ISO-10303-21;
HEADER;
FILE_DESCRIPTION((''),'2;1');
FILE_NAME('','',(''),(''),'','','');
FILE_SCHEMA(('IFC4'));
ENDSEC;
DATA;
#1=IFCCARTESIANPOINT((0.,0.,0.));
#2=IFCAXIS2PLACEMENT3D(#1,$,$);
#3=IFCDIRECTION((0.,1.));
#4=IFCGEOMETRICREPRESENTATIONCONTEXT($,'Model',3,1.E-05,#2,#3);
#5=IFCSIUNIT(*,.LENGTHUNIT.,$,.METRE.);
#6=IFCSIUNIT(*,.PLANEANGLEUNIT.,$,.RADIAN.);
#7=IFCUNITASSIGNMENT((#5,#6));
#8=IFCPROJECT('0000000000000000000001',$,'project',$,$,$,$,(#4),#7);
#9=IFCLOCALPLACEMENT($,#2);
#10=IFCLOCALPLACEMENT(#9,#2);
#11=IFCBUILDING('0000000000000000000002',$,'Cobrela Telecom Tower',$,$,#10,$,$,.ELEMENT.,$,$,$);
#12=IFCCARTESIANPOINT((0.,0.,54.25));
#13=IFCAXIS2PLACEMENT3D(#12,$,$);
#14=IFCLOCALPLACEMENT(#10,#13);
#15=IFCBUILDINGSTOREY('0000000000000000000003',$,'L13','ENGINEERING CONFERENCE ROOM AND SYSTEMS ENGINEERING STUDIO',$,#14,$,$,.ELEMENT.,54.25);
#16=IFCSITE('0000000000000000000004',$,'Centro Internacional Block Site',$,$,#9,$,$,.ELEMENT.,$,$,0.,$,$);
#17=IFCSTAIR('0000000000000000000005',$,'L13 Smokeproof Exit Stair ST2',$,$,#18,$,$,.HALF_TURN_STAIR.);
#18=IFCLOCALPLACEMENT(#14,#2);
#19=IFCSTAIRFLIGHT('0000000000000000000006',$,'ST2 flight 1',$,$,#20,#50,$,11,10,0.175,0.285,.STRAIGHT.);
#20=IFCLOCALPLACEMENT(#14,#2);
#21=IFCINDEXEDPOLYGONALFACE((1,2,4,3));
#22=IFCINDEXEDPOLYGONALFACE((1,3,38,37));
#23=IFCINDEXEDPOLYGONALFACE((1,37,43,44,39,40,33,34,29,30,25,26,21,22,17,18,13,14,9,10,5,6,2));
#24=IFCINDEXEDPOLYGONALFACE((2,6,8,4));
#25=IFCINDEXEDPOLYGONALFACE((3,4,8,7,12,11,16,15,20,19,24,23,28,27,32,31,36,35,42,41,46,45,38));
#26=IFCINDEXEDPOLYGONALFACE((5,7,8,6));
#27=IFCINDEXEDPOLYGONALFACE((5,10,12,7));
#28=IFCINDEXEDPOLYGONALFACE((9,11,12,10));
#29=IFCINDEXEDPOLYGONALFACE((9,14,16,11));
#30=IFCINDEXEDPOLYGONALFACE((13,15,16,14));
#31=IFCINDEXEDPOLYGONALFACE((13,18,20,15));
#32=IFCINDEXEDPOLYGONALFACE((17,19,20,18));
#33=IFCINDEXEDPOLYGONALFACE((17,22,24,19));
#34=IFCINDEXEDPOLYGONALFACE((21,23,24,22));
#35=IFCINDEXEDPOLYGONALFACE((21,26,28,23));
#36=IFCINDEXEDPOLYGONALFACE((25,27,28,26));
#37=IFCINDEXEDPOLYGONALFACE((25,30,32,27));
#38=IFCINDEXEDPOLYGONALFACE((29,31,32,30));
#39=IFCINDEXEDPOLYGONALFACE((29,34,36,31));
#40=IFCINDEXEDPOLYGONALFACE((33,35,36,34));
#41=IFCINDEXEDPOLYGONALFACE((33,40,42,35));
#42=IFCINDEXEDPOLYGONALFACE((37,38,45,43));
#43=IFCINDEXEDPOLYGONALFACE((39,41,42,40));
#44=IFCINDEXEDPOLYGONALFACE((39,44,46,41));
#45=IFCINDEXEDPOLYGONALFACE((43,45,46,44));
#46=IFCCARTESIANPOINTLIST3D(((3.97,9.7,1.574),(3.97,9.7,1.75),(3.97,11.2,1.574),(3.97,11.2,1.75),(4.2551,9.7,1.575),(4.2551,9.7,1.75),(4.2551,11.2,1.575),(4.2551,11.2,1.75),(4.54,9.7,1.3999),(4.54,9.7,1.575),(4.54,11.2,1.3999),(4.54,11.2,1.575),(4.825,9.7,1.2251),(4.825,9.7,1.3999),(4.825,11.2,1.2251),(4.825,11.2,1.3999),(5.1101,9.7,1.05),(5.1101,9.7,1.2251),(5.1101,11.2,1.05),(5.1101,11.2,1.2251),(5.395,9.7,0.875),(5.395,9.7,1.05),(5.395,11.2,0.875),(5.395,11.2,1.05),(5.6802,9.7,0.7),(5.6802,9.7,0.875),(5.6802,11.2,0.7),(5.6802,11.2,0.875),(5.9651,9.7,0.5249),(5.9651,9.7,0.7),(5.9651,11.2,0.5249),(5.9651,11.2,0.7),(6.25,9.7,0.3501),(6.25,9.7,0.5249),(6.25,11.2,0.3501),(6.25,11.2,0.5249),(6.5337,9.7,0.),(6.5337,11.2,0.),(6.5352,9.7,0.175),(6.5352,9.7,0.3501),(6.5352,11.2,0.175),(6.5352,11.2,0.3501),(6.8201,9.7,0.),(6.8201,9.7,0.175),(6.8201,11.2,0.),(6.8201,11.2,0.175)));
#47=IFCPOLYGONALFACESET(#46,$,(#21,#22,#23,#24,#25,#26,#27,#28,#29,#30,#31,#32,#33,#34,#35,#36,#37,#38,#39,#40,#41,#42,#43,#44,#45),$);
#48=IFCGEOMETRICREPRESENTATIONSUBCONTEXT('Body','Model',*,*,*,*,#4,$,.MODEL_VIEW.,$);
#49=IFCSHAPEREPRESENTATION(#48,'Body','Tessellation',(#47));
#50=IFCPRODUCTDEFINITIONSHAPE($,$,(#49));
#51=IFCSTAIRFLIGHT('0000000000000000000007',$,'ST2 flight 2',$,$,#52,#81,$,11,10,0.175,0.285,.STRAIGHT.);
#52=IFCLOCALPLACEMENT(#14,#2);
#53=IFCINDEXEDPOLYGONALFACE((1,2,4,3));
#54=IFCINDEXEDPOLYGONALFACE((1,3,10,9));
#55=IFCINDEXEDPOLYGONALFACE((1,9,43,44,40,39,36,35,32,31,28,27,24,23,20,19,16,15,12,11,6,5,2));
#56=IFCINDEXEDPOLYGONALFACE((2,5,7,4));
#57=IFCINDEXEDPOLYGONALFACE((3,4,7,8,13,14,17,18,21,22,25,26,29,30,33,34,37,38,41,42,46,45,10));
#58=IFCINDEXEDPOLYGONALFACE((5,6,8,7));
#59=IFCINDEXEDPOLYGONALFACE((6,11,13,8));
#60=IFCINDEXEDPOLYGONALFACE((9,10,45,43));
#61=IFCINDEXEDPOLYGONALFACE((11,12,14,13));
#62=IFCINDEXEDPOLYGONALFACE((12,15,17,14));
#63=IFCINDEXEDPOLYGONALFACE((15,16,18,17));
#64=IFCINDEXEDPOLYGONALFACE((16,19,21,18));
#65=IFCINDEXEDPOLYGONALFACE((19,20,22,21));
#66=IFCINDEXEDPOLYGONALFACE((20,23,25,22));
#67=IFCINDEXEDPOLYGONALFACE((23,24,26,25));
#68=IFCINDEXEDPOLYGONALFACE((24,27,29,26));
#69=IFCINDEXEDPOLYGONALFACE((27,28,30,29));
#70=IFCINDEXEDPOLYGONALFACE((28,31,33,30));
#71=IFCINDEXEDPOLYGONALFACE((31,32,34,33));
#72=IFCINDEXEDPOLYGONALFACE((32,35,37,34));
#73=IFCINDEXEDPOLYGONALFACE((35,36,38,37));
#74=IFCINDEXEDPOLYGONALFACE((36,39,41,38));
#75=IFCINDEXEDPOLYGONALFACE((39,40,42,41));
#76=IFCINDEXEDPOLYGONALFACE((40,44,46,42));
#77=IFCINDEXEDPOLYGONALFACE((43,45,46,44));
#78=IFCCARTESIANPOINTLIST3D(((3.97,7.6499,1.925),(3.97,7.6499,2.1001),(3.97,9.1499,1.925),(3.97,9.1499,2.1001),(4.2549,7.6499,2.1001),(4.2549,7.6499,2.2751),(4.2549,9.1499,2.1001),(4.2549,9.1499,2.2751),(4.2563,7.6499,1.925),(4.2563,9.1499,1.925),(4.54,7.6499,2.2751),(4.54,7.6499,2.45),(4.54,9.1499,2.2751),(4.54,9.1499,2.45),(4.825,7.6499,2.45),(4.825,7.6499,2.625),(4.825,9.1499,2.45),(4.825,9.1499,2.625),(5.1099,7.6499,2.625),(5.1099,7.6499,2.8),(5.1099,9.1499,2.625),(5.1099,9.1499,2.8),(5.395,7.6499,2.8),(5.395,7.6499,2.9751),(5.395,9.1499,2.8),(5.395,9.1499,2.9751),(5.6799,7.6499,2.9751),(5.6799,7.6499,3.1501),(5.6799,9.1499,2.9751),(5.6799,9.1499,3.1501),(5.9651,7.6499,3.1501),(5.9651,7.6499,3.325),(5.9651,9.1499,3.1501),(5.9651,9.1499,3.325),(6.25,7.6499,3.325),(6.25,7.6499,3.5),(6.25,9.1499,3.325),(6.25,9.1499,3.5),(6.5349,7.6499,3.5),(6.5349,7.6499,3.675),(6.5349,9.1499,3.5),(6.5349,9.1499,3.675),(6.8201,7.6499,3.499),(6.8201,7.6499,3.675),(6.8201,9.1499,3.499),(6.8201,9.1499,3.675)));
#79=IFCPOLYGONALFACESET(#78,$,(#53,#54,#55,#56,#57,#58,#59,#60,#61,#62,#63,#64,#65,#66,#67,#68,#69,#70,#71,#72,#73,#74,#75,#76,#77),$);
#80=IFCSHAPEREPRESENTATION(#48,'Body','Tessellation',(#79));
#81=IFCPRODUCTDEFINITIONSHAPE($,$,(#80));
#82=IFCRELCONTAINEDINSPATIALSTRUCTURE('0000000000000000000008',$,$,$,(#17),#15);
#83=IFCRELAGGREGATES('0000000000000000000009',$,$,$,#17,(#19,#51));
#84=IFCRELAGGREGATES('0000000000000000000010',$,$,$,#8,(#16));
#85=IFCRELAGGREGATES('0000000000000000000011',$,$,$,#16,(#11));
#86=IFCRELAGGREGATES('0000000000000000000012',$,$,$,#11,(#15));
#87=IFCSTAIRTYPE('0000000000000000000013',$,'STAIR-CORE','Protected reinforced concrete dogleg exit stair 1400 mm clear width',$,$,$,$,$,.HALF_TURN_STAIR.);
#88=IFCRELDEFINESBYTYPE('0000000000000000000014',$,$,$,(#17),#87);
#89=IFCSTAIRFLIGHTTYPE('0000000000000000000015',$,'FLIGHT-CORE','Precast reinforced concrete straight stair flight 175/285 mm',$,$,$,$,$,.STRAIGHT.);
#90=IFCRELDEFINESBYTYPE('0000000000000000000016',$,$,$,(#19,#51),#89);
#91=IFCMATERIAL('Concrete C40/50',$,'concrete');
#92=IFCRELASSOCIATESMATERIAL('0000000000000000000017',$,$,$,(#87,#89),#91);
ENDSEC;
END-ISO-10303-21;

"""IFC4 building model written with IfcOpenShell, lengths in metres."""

from ifc_helpers import new_model, si_unit, direction, frame, origin, place, context, subcontext, project, spatial, polyline, outline, extrude, material, type_object, element, aggregate, save


model = new_model("IFC4")

# Units and contexts
model_context = context("Model", 3, precision=1e-05, world=origin(), true_north=direction((0.0, 1.0)))
body_context = subcontext(model_context, "Body", "Model", "MODEL_VIEW")
ifc_project = project(units=[si_unit("LENGTHUNIT", "METRE"), si_unit("PLANEANGLEUNIT", "RADIAN")], contexts=[model_context])

# Site, building, storey
site_placement = place(None, origin())
site = spatial("IfcSite", under=ifc_project, at=site_placement, Name="Centro Internacional Block Site", CompositionType="ELEMENT", RefElevation=0.0)
building_placement = place(site_placement, origin())
building = spatial("IfcBuilding", under=site, at=building_placement, Name="Cobrela Telecom Tower", CompositionType="ELEMENT")
storey_placement = place(building_placement, frame((0.0, 0.0, 54.25)))
storey = spatial("IfcBuildingStorey", under=building, at=storey_placement, Name="L13", Description="ENGINEERING CONFERENCE ROOM AND SYSTEMS ENGINEERING STUDIO", CompositionType="ELEMENT", Elevation=54.25)

# Shared definitions
ifc_material_1 = material(Name="Concrete C40/50", Category="concrete")

# Stair, stair flights
stair_type = type_object("IfcStairType", Name="STAIR-CORE", Description="Protected reinforced concrete dogleg exit stair 1400 mm clear width", PredefinedType="HALF_TURN_STAIR", material=ifc_material_1)
stair_placement = place(storey_placement, origin())
stair = element("IfcStair", 1, at=stair_placement, inside=storey, type_object=stair_type, Name="L13 Smokeproof Exit Stair ST2", PredefinedType="HALF_TURN_STAIR")
stair_flight_type = type_object("IfcStairFlightType", Name="FLIGHT-CORE", Description="Precast reinforced concrete straight stair flight 175/285 mm", PredefinedType="STRAIGHT", material=ifc_material_1)
stair_flight_1_placement = place(storey_placement, frame((6.8201, 10.45, 0.0), z_axis=(0.0, 0.0, 1.0), x_axis=(-1.0, 0.0, 0.0)))
stair_flight_1 = element("IfcStairFlight", 2, at=stair_flight_1_placement, type_object=stair_flight_type, Name="ST2 flight 1", NumberOfRisers=11, NumberOfTreads=10, PredefinedType="STRAIGHT", RiserHeight=0.175, TreadLength=0.285, context=body_context, shape_type="SweptSolid", body=[
    extrude(outline(polyline([(0.0, 0.0), (0.0, 0.175), (0.2849, 0.175), (0.2849, 0.3501), (0.5701, 0.3501), (0.5701, 0.5249), (0.855, 0.5249), (0.855, 0.7), (1.1399, 0.7), (1.1399, 0.875), (1.425, 0.875), (1.425, 1.05), (1.71, 1.05), (1.71, 1.2251), (1.9951, 1.2251), (1.9951, 1.3999), (2.28, 1.3999), (2.28, 1.575), (2.5649, 1.575), (2.5649, 1.75), (2.8501, 1.75), (2.8501, 1.925), (2.8501, 1.574), (0.2864, 0.0), (0.0, 0.0)])), frame((0.0, 0.75, 0.0), z_axis=(0.0, -1.0, 0.0), x_axis=(1.0, 0.0, 0.0)), (0.0, 0.0, 1.0), 1.5),
])
stair_flight_2_placement = place(storey_placement, frame((3.97, 8.3999, 1.925), z_axis=(0.0, 0.0, 1.0), x_axis=(1.0, 0.0, 0.0)))
stair_flight_2 = element("IfcStairFlight", 3, at=stair_flight_2_placement, type_object=stair_flight_type, Name="ST2 flight 2", NumberOfRisers=11, NumberOfTreads=10, PredefinedType="STRAIGHT", RiserHeight=0.175, TreadLength=0.285, context=body_context, shape_type="SweptSolid", body=[
    extrude(outline(polyline([(0.0, 0.0), (0.0, 0.175), (0.2849, 0.175), (0.2849, 0.3501), (0.5701, 0.3501), (0.5701, 0.5249), (0.855, 0.5249), (0.855, 0.7), (1.1399, 0.7), (1.1399, 0.875), (1.425, 0.875), (1.425, 1.05), (1.71, 1.05), (1.71, 1.2251), (1.9951, 1.2251), (1.9951, 1.3999), (2.28, 1.3999), (2.28, 1.575), (2.5649, 1.575), (2.5649, 1.75), (2.8501, 1.75), (2.8501, 1.925), (2.8501, 1.574), (0.2864, 0.0), (0.0, 0.0)])), frame((0.0, 0.75, 0.0), z_axis=(0.0, -1.0, 0.0), x_axis=(1.0, 0.0, 0.0)), (0.0, 0.0, 1.0), 1.5),
])
aggregate(stair, [stair_flight_1, stair_flight_2])

save(model, "model.ifc")
